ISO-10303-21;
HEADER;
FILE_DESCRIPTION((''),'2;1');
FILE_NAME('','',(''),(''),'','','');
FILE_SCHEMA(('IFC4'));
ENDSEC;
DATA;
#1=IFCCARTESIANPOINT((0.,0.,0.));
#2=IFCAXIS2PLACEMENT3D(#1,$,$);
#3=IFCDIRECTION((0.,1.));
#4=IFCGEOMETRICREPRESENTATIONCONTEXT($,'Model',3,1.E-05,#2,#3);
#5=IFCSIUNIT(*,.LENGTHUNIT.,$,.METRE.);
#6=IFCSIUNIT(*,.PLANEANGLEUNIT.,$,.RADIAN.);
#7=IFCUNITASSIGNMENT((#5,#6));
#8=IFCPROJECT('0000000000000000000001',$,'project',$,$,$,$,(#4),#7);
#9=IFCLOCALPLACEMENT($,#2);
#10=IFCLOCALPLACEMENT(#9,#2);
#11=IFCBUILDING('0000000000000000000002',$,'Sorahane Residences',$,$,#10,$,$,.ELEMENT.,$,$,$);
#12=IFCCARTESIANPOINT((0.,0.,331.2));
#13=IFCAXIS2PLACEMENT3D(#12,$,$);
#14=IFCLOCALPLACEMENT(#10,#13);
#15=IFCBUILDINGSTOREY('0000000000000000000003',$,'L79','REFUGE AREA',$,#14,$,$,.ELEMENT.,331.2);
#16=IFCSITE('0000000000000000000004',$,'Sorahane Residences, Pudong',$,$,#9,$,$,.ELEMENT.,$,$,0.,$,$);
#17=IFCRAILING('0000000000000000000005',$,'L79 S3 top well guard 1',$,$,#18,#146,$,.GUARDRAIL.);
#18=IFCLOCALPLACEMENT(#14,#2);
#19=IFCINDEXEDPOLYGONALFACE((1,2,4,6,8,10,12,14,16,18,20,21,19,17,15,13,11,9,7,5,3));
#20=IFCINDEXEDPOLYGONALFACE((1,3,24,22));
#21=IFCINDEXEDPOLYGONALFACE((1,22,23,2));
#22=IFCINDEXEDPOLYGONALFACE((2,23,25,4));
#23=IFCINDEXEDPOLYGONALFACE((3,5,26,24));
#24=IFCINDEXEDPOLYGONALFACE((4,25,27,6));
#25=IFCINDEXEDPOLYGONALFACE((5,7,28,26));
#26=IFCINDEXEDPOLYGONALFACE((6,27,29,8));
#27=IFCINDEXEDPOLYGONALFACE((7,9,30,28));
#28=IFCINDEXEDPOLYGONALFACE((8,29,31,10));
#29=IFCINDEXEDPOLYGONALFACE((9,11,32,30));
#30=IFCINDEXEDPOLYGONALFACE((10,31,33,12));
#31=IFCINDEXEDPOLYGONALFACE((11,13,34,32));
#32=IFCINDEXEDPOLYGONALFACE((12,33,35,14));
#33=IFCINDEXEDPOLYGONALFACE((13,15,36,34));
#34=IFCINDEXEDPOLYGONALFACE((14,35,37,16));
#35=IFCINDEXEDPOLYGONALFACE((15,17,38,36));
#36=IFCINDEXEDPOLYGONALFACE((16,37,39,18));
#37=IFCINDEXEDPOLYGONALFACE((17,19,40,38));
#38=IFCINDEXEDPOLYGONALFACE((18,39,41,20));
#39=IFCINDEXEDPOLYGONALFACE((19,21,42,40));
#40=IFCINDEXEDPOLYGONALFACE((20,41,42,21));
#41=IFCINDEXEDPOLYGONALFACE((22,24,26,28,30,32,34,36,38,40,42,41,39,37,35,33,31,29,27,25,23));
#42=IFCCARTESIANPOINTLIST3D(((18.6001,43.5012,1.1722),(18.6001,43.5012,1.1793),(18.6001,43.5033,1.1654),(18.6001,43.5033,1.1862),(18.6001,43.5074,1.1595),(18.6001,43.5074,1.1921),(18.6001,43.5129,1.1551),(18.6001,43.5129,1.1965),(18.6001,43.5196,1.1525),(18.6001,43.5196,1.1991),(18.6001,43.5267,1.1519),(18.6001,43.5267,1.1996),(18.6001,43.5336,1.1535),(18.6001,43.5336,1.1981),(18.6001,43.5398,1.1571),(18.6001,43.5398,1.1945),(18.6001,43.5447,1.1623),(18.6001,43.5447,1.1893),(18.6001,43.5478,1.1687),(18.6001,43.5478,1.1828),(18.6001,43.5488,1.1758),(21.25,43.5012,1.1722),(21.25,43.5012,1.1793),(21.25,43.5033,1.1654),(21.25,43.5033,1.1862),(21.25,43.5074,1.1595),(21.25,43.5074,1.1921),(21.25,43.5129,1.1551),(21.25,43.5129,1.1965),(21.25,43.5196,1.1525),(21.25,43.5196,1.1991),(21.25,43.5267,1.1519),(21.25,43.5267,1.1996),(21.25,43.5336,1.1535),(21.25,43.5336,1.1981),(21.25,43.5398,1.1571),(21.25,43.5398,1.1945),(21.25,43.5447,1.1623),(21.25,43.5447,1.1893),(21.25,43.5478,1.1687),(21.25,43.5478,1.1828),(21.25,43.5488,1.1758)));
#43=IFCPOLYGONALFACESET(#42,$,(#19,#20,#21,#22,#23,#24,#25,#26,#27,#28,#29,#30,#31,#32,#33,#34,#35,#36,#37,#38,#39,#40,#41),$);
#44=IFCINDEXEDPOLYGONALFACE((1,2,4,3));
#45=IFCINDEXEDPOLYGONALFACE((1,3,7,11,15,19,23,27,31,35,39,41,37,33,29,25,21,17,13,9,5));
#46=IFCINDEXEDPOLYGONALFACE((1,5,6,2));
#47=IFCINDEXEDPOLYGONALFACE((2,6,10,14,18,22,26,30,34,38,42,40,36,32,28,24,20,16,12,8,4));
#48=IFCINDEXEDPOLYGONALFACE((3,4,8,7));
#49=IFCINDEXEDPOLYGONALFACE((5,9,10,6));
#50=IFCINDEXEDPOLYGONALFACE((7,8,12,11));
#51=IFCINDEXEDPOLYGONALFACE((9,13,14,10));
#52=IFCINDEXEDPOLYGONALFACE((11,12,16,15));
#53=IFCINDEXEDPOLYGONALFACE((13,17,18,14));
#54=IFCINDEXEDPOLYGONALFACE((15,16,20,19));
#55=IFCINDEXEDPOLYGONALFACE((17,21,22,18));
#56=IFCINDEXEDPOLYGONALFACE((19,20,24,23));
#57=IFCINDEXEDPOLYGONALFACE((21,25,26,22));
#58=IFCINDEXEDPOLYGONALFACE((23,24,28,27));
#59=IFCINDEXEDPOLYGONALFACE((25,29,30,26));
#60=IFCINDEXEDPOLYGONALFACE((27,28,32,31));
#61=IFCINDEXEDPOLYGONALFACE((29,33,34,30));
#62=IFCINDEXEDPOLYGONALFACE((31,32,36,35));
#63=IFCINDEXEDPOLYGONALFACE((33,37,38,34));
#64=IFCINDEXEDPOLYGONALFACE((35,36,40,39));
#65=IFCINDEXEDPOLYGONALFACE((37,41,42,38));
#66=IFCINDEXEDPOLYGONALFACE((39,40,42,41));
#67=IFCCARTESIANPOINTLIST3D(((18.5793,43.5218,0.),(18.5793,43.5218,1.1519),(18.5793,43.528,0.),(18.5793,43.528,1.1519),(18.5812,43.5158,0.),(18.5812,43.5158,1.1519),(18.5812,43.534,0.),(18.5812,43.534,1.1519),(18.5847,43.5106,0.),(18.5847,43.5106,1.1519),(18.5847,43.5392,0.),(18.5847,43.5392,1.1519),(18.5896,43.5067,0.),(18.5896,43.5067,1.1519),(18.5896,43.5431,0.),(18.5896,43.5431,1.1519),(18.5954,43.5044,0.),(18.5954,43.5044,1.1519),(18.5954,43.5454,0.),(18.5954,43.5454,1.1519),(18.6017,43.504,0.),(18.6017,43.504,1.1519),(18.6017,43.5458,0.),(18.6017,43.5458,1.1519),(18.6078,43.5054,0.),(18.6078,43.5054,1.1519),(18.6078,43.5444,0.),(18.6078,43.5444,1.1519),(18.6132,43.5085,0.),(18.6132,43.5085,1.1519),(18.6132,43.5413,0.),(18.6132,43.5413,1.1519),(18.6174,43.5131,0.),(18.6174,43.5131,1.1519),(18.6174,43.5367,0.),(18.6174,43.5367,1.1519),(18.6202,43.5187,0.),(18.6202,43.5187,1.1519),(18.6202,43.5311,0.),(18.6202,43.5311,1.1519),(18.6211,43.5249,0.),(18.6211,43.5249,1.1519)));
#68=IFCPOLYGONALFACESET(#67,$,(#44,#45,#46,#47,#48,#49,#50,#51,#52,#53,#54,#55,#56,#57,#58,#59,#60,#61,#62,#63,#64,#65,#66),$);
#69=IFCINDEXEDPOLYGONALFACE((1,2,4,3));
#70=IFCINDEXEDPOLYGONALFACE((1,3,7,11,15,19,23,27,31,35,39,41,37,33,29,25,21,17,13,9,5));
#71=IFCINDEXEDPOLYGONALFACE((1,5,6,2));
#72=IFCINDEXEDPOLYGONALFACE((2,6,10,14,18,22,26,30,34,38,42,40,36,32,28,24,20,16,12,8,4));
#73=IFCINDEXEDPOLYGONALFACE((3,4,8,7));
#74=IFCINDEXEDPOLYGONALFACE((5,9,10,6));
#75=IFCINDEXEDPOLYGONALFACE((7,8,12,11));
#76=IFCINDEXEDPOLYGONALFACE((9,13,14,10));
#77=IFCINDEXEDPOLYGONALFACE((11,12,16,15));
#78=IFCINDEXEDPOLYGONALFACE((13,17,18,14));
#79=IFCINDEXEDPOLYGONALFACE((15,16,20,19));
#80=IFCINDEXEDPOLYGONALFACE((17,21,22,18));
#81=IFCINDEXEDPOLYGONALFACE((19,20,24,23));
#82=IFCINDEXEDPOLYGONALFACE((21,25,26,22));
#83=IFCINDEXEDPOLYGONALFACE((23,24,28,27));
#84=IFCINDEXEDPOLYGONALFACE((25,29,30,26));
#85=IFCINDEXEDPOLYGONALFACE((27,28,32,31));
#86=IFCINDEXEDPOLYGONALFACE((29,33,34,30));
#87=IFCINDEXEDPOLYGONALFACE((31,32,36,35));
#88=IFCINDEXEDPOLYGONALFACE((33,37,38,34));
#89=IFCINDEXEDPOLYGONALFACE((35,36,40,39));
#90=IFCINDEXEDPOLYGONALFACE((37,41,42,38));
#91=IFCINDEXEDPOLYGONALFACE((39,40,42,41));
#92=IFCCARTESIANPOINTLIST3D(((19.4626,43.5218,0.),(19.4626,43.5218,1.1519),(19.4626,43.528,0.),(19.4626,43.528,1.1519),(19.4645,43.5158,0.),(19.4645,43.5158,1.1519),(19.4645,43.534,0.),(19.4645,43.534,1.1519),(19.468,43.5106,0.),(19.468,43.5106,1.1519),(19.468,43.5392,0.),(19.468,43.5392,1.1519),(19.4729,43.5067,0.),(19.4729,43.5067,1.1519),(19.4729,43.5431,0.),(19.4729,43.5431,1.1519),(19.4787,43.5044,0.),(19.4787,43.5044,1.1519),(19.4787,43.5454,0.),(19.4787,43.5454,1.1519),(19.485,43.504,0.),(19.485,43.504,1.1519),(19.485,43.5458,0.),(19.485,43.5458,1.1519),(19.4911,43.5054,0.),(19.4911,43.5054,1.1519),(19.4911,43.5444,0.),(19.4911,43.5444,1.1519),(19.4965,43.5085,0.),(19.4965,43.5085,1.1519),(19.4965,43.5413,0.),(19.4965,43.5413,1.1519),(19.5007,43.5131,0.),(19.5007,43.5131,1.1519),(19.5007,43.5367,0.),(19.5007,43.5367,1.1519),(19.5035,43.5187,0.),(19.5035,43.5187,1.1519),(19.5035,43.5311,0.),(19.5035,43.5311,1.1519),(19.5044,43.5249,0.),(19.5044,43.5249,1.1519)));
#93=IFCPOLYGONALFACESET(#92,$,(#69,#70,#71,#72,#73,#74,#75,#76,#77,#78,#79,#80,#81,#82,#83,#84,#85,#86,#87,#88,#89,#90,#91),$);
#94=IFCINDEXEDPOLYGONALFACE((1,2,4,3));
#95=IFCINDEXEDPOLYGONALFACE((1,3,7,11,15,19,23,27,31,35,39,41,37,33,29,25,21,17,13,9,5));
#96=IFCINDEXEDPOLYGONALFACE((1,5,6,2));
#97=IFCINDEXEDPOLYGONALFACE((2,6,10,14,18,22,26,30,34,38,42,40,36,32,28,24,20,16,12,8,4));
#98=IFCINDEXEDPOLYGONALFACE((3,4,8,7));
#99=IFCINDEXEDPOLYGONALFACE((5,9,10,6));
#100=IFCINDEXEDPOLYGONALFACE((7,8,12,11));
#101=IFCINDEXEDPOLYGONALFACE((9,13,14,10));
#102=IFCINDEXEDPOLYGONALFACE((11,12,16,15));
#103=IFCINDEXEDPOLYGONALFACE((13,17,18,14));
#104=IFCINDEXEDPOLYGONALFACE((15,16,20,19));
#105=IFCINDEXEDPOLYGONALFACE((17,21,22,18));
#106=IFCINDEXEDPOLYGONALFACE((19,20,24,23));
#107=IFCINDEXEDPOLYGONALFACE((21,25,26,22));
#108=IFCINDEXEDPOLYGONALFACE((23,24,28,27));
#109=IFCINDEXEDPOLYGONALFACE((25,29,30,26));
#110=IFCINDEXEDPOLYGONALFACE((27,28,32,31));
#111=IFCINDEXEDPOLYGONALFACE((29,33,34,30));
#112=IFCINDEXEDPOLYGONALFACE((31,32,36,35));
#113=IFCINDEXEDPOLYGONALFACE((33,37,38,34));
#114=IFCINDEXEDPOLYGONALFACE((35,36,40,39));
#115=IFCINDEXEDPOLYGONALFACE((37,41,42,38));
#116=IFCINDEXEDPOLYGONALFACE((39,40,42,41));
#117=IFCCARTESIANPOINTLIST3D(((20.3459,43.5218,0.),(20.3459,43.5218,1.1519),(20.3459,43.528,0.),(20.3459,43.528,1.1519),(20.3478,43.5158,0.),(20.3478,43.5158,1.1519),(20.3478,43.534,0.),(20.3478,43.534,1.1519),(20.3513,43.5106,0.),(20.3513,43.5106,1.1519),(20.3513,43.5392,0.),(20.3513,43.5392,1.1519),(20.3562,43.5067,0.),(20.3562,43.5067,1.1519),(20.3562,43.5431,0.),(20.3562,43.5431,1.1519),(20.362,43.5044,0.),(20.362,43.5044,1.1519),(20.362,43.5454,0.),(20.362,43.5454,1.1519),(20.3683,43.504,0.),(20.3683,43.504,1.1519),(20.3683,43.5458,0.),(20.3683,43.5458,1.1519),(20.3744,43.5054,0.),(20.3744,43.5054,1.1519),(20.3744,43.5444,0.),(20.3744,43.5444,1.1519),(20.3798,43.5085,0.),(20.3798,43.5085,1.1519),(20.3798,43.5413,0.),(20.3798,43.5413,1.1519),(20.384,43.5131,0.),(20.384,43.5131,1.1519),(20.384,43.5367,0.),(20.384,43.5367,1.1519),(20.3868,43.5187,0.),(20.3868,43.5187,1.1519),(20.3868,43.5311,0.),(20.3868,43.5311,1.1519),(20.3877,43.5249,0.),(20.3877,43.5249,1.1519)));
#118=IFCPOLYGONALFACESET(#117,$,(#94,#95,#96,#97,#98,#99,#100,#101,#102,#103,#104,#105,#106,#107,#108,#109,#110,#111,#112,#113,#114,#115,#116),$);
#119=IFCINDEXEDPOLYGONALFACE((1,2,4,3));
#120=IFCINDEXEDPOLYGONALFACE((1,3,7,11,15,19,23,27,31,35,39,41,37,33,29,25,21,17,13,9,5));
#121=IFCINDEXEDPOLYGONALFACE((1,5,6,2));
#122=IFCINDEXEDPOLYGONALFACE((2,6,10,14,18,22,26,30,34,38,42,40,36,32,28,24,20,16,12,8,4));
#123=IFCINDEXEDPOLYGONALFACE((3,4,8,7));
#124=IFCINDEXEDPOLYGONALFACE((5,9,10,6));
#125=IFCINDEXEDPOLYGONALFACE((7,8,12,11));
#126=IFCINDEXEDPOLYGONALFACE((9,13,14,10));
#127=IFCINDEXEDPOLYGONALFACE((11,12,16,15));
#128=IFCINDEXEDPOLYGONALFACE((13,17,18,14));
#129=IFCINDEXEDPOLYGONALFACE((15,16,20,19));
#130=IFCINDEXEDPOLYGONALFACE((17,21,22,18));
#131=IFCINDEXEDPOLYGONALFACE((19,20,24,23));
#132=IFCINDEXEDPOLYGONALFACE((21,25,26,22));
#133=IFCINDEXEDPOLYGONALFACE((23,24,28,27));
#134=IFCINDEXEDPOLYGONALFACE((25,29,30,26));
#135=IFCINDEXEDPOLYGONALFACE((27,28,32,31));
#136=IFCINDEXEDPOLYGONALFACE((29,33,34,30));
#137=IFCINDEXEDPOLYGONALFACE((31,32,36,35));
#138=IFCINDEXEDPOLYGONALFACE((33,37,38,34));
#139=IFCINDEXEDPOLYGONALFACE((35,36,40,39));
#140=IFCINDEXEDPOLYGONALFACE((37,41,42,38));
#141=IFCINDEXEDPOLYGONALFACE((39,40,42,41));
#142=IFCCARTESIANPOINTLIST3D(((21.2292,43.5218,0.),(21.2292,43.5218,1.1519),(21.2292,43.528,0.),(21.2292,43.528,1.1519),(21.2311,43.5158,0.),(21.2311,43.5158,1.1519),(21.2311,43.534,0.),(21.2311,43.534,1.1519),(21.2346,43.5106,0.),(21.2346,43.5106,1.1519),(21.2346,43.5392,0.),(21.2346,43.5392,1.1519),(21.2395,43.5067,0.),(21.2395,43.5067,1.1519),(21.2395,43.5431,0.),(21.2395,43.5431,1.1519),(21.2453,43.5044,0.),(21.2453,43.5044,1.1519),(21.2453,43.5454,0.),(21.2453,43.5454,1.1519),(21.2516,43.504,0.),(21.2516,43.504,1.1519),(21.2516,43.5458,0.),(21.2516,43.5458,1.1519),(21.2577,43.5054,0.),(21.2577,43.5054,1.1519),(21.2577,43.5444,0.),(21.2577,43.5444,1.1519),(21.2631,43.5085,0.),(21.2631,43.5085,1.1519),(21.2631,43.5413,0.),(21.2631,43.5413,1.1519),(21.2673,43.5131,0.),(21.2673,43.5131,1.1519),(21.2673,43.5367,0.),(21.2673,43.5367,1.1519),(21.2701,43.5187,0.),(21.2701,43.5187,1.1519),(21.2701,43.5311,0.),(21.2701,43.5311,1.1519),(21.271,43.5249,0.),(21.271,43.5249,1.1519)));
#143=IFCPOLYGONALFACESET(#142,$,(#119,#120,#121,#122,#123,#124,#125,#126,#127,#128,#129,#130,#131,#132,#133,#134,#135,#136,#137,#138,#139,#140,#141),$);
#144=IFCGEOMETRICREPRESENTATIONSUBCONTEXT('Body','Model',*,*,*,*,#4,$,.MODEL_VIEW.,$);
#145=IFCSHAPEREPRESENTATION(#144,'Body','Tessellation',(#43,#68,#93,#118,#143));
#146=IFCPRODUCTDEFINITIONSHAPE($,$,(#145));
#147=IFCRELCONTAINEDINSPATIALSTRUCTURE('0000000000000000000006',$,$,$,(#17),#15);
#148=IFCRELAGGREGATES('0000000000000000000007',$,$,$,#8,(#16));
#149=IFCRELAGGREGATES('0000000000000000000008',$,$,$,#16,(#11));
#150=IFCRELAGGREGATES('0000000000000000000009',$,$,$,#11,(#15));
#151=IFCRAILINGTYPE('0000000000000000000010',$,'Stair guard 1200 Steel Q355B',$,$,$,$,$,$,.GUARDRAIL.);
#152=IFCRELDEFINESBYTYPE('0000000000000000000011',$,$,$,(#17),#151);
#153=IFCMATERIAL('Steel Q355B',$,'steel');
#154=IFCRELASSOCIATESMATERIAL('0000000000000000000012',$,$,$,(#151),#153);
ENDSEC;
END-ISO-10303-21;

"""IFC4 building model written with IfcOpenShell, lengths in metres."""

from ifc_helpers import new_model, si_unit, direction, frame, origin, origin_2d, place, context, subcontext, project, spatial, circle, extrude, material, type_object, element, save


model = new_model("IFC4")

# Units and contexts
model_context = context("Model", 3, precision=1e-05, world=origin(), true_north=direction((0.0, 1.0)))
body_context = subcontext(model_context, "Body", "Model", "MODEL_VIEW")
ifc_project = project(units=[si_unit("LENGTHUNIT", "METRE"), si_unit("PLANEANGLEUNIT", "RADIAN")], contexts=[model_context])

# Site, building, storey
site_placement = place(None, origin())
site = spatial("IfcSite", under=ifc_project, at=site_placement, Name="Sorahane Residences, Pudong", CompositionType="ELEMENT", RefElevation=0.0)
building_placement = place(site_placement, origin())
building = spatial("IfcBuilding", under=site, at=building_placement, Name="Sorahane Residences", CompositionType="ELEMENT")
storey_placement = place(building_placement, frame((0.0, 0.0, 331.2)))
storey = spatial("IfcBuildingStorey", under=building, at=storey_placement, Name="L79", Description="REFUGE AREA", CompositionType="ELEMENT", Elevation=331.2)

# Railing
ifc_material_1 = material(Name="Steel Q355B", Category="steel")
railing_type_1 = type_object("IfcRailingType", Name="Stair guard 1200 Steel Q355B", PredefinedType="GUARDRAIL", material=ifc_material_1)
railing_1_placement = place(storey_placement, frame((18.6001, 43.5249, 0.0)))
element("IfcRailing", 1, at=railing_1_placement, inside=storey, type_object=railing_type_1, Name="L79 S3 top well guard 1", PredefinedType="GUARDRAIL", context=body_context, shape_type="SweptSolid", body=[
    extrude(circle(Radius=0.0239, at=origin_2d()), frame((0.0, 0.0, 1.1758), z_axis=(1.0, 0.0, 0.0), x_axis=(0.0, 1.0, 0.0)), (0.0, 0.0, 1.0), 2.6499),
    extrude(circle(Radius=0.021, at=origin_2d()), origin(), (0.0, 0.0, 1.0), 1.1519),
    extrude(circle(Radius=0.021, at=origin_2d()), frame((0.8833, 0.0, 0.0)), (0.0, 0.0, 1.0), 1.1519),
    extrude(circle(Radius=0.021, at=origin_2d()), frame((1.7666, 0.0, 0.0)), (0.0, 0.0, 1.0), 1.1519),
    extrude(circle(Radius=0.021, at=origin_2d()), frame((2.6499, 0.0, 0.0)), (0.0, 0.0, 1.0), 1.1519),
])

save(model, "model.ifc")
